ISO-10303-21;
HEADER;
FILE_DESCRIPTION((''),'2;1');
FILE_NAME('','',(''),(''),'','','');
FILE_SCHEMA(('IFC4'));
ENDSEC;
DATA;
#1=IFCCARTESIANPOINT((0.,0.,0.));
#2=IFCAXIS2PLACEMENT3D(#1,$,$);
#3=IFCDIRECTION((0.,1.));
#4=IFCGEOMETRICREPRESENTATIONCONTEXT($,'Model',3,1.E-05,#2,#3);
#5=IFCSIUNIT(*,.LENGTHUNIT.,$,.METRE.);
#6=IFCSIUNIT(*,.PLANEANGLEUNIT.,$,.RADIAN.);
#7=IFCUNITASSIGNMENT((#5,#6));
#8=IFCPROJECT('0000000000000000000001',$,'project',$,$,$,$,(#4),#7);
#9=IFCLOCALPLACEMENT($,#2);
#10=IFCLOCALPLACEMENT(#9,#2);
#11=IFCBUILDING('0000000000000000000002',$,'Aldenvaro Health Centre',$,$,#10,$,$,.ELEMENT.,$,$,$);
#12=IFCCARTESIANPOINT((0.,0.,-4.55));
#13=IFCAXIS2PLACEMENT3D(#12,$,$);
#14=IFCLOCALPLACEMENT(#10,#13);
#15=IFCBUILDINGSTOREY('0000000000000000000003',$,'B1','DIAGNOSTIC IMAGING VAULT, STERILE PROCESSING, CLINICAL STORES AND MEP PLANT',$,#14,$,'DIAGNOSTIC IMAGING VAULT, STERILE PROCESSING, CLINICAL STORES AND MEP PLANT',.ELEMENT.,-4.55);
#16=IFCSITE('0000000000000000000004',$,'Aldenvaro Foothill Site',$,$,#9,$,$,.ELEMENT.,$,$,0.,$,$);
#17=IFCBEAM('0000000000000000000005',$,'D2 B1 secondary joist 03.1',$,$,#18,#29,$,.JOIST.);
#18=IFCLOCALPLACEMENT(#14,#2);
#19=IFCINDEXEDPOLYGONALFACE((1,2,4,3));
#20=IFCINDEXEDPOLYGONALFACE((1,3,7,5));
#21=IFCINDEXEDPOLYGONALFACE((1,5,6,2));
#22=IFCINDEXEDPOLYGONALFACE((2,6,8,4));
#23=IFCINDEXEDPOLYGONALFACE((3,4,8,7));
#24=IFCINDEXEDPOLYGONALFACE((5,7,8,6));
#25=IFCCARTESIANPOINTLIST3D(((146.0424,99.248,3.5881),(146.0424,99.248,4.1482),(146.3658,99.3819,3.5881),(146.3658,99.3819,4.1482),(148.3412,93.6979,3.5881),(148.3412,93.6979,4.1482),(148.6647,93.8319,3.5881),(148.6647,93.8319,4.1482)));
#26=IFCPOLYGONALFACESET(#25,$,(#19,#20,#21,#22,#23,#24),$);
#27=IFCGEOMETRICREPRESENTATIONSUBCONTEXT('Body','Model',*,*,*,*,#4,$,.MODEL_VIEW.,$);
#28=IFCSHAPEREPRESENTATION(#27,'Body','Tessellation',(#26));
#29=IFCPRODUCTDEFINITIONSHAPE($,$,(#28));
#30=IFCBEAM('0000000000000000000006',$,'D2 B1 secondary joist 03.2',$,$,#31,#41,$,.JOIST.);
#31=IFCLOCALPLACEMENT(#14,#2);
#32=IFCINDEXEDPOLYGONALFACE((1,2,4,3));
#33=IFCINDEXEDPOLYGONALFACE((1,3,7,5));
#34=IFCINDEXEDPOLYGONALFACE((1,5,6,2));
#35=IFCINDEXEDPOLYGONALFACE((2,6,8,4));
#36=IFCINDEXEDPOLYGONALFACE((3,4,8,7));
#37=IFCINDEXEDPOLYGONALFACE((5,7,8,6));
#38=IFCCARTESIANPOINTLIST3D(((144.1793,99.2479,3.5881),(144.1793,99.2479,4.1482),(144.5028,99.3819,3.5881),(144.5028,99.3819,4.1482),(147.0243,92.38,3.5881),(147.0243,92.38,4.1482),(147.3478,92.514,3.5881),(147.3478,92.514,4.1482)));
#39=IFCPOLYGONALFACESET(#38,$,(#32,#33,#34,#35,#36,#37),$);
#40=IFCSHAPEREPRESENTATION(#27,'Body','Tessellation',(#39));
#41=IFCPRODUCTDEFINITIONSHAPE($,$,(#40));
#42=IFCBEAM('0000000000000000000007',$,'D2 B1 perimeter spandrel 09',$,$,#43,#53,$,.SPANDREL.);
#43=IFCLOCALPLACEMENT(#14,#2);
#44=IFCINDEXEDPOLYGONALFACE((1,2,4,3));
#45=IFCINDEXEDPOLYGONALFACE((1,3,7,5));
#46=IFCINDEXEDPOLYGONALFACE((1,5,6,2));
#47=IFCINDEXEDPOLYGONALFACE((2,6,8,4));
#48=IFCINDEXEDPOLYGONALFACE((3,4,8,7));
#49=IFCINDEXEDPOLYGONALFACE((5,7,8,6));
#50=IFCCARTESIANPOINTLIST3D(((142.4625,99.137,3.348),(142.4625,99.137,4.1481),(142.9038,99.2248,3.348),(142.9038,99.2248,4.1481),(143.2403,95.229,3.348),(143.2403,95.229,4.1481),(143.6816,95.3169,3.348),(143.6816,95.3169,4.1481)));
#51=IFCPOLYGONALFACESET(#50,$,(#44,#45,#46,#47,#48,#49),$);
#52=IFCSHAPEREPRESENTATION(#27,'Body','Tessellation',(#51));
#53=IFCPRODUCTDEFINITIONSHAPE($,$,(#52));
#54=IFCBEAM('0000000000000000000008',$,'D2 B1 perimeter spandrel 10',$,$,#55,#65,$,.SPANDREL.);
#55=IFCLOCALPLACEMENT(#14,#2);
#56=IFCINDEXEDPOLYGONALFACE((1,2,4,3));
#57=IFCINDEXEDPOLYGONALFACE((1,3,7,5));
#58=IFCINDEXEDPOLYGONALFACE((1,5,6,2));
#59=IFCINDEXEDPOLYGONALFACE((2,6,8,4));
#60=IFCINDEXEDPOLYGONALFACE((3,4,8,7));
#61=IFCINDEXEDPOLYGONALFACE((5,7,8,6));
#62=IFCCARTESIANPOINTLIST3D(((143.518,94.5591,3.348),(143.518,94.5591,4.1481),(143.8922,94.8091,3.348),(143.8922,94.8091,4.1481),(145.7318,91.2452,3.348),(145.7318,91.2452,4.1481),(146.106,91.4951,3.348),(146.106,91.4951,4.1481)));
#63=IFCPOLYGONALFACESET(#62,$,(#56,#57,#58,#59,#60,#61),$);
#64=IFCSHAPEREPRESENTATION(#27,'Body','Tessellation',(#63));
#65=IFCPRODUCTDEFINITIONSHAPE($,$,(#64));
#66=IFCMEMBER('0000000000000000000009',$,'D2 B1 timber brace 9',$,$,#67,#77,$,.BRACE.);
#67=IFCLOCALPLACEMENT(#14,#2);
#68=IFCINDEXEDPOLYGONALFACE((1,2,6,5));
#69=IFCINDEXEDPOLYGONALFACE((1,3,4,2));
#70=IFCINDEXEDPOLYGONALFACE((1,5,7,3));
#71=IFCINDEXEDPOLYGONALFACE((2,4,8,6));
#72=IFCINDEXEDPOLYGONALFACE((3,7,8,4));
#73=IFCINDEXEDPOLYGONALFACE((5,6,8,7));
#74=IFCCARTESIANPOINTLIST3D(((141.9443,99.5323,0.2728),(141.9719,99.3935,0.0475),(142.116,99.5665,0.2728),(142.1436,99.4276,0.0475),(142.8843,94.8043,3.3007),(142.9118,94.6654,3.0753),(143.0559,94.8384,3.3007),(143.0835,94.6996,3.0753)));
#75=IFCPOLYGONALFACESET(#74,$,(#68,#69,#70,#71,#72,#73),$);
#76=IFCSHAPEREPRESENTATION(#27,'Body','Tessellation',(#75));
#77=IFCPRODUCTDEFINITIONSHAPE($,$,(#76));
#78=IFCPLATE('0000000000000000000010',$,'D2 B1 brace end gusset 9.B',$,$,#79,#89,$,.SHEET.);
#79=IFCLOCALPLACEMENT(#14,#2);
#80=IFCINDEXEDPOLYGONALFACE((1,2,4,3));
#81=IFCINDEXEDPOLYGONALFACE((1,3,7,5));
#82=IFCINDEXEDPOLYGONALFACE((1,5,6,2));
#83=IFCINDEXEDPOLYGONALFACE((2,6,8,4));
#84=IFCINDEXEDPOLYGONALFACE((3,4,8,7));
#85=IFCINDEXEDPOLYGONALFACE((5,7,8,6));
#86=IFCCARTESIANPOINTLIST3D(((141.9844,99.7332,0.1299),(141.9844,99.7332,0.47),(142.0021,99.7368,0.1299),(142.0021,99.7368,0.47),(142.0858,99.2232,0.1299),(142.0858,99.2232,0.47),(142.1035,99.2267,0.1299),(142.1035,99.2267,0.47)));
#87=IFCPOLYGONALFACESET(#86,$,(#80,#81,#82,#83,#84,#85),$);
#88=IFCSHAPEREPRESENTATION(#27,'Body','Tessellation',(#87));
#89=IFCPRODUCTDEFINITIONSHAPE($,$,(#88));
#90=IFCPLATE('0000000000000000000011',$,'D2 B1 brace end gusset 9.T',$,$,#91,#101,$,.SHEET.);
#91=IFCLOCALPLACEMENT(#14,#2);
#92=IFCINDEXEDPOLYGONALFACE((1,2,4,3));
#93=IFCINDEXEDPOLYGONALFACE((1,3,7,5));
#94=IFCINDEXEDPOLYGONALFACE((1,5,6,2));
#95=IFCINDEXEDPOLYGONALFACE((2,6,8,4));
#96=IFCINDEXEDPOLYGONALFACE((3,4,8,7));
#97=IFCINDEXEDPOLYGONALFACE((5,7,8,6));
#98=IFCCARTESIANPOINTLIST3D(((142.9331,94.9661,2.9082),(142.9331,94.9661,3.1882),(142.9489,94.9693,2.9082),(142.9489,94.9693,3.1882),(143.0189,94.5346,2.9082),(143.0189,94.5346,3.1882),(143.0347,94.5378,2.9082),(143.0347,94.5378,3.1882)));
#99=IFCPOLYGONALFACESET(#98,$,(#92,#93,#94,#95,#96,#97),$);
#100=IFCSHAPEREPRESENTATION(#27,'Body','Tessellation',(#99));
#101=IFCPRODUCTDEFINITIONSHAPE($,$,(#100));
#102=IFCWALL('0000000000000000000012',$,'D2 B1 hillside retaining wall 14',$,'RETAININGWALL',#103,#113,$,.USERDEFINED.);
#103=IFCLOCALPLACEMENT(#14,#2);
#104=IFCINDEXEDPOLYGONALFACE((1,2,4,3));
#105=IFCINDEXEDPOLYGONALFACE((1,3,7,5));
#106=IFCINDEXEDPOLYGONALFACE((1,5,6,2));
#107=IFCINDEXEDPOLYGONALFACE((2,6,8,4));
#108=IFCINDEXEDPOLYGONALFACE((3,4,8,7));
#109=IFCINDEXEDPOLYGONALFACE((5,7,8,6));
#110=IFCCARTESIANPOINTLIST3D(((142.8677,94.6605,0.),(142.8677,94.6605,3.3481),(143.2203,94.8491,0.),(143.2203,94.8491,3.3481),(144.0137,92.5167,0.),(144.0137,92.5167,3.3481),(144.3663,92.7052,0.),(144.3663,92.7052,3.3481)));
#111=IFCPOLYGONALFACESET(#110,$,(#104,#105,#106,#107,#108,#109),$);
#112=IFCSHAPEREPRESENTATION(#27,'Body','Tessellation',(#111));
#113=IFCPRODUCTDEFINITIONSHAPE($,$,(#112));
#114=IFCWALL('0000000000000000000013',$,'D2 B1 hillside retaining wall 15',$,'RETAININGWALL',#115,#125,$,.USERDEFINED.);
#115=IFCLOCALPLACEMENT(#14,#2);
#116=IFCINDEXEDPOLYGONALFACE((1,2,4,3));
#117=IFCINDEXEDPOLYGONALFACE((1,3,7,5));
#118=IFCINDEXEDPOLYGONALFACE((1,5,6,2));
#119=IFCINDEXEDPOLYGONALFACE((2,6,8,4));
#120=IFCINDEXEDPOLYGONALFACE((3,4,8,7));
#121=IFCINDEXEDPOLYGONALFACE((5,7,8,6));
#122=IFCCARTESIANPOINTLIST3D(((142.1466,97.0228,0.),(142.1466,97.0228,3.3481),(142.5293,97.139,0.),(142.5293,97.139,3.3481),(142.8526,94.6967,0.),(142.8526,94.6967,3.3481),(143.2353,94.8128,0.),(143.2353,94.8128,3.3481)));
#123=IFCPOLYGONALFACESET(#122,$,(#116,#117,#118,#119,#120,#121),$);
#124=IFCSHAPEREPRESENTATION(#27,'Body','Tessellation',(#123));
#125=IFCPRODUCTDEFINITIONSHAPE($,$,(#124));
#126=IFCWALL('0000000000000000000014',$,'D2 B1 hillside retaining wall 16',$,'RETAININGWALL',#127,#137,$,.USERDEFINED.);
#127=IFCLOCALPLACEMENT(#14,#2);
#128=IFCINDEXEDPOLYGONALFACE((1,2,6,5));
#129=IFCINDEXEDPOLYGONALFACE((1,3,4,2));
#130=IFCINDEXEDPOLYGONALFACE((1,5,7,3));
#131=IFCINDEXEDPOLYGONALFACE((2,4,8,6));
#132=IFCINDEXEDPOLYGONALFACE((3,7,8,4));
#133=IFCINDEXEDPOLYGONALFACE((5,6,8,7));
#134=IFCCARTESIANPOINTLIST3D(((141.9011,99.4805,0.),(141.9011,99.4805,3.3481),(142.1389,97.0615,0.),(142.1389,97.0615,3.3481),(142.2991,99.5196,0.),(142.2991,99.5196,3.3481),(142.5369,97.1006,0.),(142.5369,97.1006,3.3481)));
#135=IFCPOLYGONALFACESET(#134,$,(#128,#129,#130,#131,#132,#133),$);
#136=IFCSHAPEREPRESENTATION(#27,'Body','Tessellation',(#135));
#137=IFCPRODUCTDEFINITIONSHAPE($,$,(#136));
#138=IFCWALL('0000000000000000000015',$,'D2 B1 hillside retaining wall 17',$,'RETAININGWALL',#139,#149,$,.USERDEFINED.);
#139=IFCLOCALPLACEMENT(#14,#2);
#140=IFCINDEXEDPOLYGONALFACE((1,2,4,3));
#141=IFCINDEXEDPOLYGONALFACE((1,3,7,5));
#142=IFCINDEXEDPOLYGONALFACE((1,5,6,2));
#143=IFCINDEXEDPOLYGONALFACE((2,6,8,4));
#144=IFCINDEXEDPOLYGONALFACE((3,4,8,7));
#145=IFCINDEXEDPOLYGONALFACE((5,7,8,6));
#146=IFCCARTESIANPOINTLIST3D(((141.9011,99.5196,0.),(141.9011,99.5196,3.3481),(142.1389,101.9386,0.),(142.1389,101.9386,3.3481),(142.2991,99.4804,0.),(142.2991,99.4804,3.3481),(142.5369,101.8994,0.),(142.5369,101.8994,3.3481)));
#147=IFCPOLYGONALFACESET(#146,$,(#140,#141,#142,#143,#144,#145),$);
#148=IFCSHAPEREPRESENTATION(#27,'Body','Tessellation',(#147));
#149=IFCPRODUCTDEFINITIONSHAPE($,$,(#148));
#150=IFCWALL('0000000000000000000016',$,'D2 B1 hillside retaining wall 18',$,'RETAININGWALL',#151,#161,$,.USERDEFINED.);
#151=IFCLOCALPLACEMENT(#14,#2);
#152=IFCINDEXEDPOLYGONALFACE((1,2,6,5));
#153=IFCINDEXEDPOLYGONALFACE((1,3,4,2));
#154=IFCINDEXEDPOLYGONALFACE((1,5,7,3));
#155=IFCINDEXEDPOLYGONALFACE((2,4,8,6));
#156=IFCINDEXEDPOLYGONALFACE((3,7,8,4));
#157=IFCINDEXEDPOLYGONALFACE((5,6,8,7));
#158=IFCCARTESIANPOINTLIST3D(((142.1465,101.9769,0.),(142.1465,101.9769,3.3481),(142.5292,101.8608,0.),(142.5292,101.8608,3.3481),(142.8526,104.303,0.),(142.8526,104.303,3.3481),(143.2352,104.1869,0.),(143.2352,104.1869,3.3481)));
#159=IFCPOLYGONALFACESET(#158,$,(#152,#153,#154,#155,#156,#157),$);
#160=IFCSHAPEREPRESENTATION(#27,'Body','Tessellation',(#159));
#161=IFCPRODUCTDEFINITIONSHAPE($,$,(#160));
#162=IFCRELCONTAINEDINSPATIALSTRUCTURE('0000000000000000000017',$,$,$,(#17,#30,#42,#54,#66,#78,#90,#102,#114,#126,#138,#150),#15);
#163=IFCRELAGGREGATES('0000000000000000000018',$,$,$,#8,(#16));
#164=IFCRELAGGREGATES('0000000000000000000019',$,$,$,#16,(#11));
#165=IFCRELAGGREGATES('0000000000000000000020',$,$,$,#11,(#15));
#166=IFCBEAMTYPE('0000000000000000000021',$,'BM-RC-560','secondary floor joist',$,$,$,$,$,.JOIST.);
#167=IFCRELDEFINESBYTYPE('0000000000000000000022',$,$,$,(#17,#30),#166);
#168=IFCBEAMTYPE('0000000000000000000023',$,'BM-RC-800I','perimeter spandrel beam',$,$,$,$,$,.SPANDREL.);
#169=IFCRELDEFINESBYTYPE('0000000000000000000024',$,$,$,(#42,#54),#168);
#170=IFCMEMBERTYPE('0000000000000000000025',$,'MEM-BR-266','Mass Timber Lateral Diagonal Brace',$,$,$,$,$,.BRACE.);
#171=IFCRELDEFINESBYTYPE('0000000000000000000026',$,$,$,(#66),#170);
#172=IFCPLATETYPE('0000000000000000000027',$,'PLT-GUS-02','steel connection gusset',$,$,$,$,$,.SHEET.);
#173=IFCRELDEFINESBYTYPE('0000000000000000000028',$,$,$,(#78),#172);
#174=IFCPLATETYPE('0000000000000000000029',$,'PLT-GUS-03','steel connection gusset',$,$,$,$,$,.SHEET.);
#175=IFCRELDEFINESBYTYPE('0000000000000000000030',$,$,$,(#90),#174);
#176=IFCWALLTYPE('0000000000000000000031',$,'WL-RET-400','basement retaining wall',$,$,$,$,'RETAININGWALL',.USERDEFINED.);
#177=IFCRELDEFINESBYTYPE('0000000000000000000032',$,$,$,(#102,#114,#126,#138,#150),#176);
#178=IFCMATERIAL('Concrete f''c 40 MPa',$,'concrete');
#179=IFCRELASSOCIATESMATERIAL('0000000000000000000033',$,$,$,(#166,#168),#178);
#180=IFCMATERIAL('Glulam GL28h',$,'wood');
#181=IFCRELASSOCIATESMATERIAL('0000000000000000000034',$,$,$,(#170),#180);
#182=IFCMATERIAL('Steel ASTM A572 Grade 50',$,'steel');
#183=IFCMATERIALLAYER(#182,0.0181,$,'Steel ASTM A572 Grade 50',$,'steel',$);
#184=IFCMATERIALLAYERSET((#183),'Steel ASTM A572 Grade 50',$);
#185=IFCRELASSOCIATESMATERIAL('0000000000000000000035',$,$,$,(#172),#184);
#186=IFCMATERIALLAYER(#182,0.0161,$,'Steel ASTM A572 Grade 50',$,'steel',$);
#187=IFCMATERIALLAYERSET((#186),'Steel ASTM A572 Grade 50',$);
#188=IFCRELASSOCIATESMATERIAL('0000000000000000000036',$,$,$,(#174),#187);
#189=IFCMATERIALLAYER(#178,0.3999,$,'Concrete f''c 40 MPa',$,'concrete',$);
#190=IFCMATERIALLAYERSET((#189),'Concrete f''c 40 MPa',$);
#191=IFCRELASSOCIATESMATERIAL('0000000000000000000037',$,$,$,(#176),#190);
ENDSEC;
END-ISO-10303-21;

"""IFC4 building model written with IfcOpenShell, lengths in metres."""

from ifc_helpers import new_model, si_unit, direction, frame, frame_2d, origin, origin_2d, place, context, subcontext, project, spatial, rectangle, extrude, material, layer, layer_set, material_profile, profile_set, type_object, element, save


model = new_model("IFC4")

# Units and contexts
model_context = context("Model", 3, precision=1e-05, world=origin(), true_north=direction((0.0, 1.0)))
body_context = subcontext(model_context, "Body", "Model", "MODEL_VIEW")
ifc_project = project(units=[si_unit("LENGTHUNIT", "METRE"), si_unit("PLANEANGLEUNIT", "RADIAN")], contexts=[model_context])

# Site, building, storey
site_placement = place(None, origin())
site = spatial("IfcSite", under=ifc_project, at=site_placement, Name="Aldenvaro Foothill Site", CompositionType="ELEMENT", RefElevation=0.0)
building_placement = place(site_placement, origin())
building = spatial("IfcBuilding", under=site, at=building_placement, Name="Aldenvaro Health Centre", CompositionType="ELEMENT")
storey_placement = place(building_placement, frame((0.0, 0.0, -4.55)))
storey = spatial("IfcBuildingStorey", under=building, at=storey_placement, Name="B1", Description="DIAGNOSTIC IMAGING VAULT, STERILE PROCESSING, CLINICAL STORES AND MEP PLANT", LongName="DIAGNOSTIC IMAGING VAULT, STERILE PROCESSING, CLINICAL STORES AND MEP PLANT", CompositionType="ELEMENT", Elevation=-4.55)

# Shared definitions
ifc_material_1 = material(Name="Concrete f'c 40 MPa", Category="concrete")

# Beams
ifc_material_profile_1 = material_profile(ifc_material_1, rectangle(XDim=0.3501, YDim=0.5601, at=origin_2d()), Name="RC 350x560", Category="concrete")
ifc_profile_set_1 = profile_set([ifc_material_profile_1], Name="Concrete f'c 40 MPa")
beam_type_1 = type_object("IfcBeamType", Name="BM-RC-560", Description="secondary floor joist", PredefinedType="JOIST", material=ifc_profile_set_1)
beam_1_placement = place(storey_placement, frame((146.2041, 99.3149, 3.8682), z_axis=(0.382672, -0.923884, 0.0), x_axis=(0.923884, 0.382672, 0.0)))
element("IfcBeam", 1, at=beam_1_placement, inside=storey, type_object=beam_type_1, Name="D2 B1 secondary joist 03.1", PredefinedType="JOIST", context=body_context, shape_type="SweptSolid", body=[
    extrude(rectangle(XDim=0.3501, YDim=0.5601, at=origin_2d()), origin(), (0.0, 0.0, 1.0), 6.0073),
])
beam_2_placement = place(storey_placement, frame((144.3411, 99.3149, 3.8682), z_axis=(0.382705, -0.923871, 0.0), x_axis=(0.923871, 0.382705, 0.0)))
element("IfcBeam", 2, at=beam_2_placement, inside=storey, type_object=beam_type_1, Name="D2 B1 secondary joist 03.2", PredefinedType="JOIST", context=body_context, shape_type="SweptSolid", body=[
    extrude(rectangle(XDim=0.3501, YDim=0.5601, at=origin_2d()), origin(), (0.0, 0.0, 1.0), 7.4338),
])
ifc_material_profile_2 = material_profile(ifc_material_1, rectangle(XDim=0.45, YDim=0.8, at=origin_2d()), Name="RC 450x800", Category="concrete")
ifc_profile_set_2 = profile_set([ifc_material_profile_2], Name="Concrete f'c 40 MPa")
beam_type_2 = type_object("IfcBeamType", Name="BM-RC-800I", Description="perimeter spandrel beam", PredefinedType="SPANDREL", material=ifc_profile_set_2)
beam_3_placement = place(storey_placement, frame((142.6831, 99.1809, 3.748), z_axis=(0.195209, -0.980762, 0.0), x_axis=(0.980762, 0.195209, 0.0)))
element("IfcBeam", 3, at=beam_3_placement, inside=storey, type_object=beam_type_2, Name="D2 B1 perimeter spandrel 09", PredefinedType="SPANDREL", context=body_context, shape_type="SweptSolid", body=[
    extrude(rectangle(XDim=0.45, YDim=0.8, at=origin_2d()), origin(), (0.0, 0.0, 1.0), 3.9846),
])
beam_4_placement = place(storey_placement, frame((143.7051, 94.6841, 3.748), z_axis=(0.555492, -0.831522, 0.0), x_axis=(0.831522, 0.555492, 0.0)))
element("IfcBeam", 4, at=beam_4_placement, inside=storey, type_object=beam_type_2, Name="D2 B1 perimeter spandrel 10", PredefinedType="SPANDREL", context=body_context, shape_type="SweptSolid", body=[
    extrude(rectangle(XDim=0.45, YDim=0.8, at=origin_2d()), origin(), (0.0, 0.0, 1.0), 3.9854),
])

# Member
ifc_material_2 = material(Name="Glulam GL28h", Category="wood")
ifc_material_profile_3 = material_profile(ifc_material_2, rectangle(XDim=0.175, YDim=0.2661, at=origin_2d()), Name="GL 175x266", Category="wood")
ifc_profile_set_3 = profile_set([ifc_material_profile_3], Name="Glulam GL28h")
member_type = type_object("IfcMemberType", Name="MEM-BR-266", Description="Mass Timber Lateral Diagonal Brace", PredefinedType="BRACE", material=ifc_profile_set_3)
member_placement = place(storey_placement, frame((142.0439, 99.48, 0.1602), z_axis=(0.165117, -0.830559, 0.531891), x_axis=(0.980806, 0.194986, 0.0)))
element("IfcMember", 5, at=member_placement, inside=storey, type_object=member_type, Name="D2 B1 timber brace 9", PredefinedType="BRACE", context=body_context, shape_type="SweptSolid", body=[
    extrude(rectangle(XDim=0.175, YDim=0.2661, at=origin_2d()), origin(), (0.0, 0.0, 1.0), 5.6926),
])

# Plates
ifc_material_3 = material(Name="Steel ASTM A572 Grade 50", Category="steel")
ifc_layer_1 = layer(ifc_material_3, 0.0181, Name="Steel ASTM A572 Grade 50", Category="steel")
ifc_layer_set_1 = layer_set([ifc_layer_1], Name="Steel ASTM A572 Grade 50")
plate_type_1 = type_object("IfcPlateType", Name="PLT-GUS-02", Description="steel connection gusset", PredefinedType="SHEET", material=ifc_layer_set_1)
plate_1_placement = place(storey_placement, frame((142.0439, 99.48, 0.1299), z_axis=(0.0, 0.0, 1.0), x_axis=(0.195005, -0.980802, 0.0)))
element("IfcPlate", 6, at=plate_1_placement, inside=storey, type_object=plate_type_1, Name="D2 B1 brace end gusset 9.B", PredefinedType="SHEET", context=body_context, shape_type="SweptSolid", body=[
    extrude(rectangle(XDim=0.52, YDim=0.0181, at=origin_2d()), origin(), (0.0, 0.0, 1.0), 0.3401),
])
ifc_layer_2 = layer(ifc_material_3, 0.0161, Name="Steel ASTM A572 Grade 50", Category="steel")
ifc_layer_set_2 = layer_set([ifc_layer_2], Name="Steel ASTM A572 Grade 50")
plate_type_2 = type_object("IfcPlateType", Name="PLT-GUS-03", Description="steel connection gusset", PredefinedType="SHEET", material=ifc_layer_set_2)
plate_2_placement = place(storey_placement, frame((142.9839, 94.752, 2.9082), z_axis=(0.0, 0.0, 1.0), x_axis=(0.195005, -0.980802, 0.0)))
element("IfcPlate", 7, at=plate_2_placement, inside=storey, type_object=plate_type_2, Name="D2 B1 brace end gusset 9.T", PredefinedType="SHEET", context=body_context, shape_type="SweptSolid", body=[
    extrude(rectangle(XDim=0.4399, YDim=0.0161, at=origin_2d()), origin(), (0.0, 0.0, 1.0), 0.28),
])

# Walls
ifc_layer_3 = layer(ifc_material_1, 0.3999, Name="Concrete f'c 40 MPa", Category="concrete")
ifc_layer_set_3 = layer_set([ifc_layer_3], Name="Concrete f'c 40 MPa")
wall_type = type_object("IfcWallType", Name="WL-RET-400", Description="basement retaining wall", ElementType="RETAININGWALL", PredefinedType="USERDEFINED", material=ifc_layer_set_3)
for number, where, z_axis, x_axis, name in (
    (8, (144.1899, 92.6111, 0.0), (0.0, 0.0, 1.0), (-0.471432, 0.881902, 0.0), "D2 B1 hillside retaining wall 14"),
    (9, (143.0439, 94.7549, 0.0), (0.0, 0.0, 1.0), (-0.290442, 0.956893, 0.0), "D2 B1 hillside retaining wall 15"),
):
    element("IfcWall", number, at=place(storey_placement, frame(where, z_axis=z_axis, x_axis=x_axis)), inside=storey, type_object=wall_type, Name=name, ObjectType="RETAININGWALL", PredefinedType="USERDEFINED", context=body_context, shape_type="SweptSolid", body=[
        extrude(rectangle(XDim=2.4309, YDim=0.3999, at=frame_2d((1.2153, 0.0))), origin(), (0.0, 0.0, 1.0), 3.3481),
    ])
for number, where, z_axis, x_axis, name in (
    (10, (142.3379, 97.0811, 0.0), (0.0, 0.0, 1.0), (-0.097833, 0.995203, 0.0), "D2 B1 hillside retaining wall 16"),
    (11, (142.1001, 99.5, 0.0), (0.0, 0.0, 1.0), (0.097833, 0.995203, 0.0), "D2 B1 hillside retaining wall 17"),
):
    element("IfcWall", number, at=place(storey_placement, frame(where, z_axis=z_axis, x_axis=x_axis)), inside=storey, type_object=wall_type, Name=name, ObjectType="RETAININGWALL", PredefinedType="USERDEFINED", context=body_context, shape_type="SweptSolid", body=[
        extrude(rectangle(XDim=2.4307, YDim=0.3999, at=frame_2d((1.2153, 0.0))), origin(), (0.0, 0.0, 1.0), 3.3481),
    ])
wall_placement = place(storey_placement, frame((142.3379, 101.9189, 0.0), z_axis=(0.0, 0.0, 1.0), x_axis=(0.290442, 0.956893, 0.0)))
element("IfcWall", 12, at=wall_placement, inside=storey, type_object=wall_type, Name="D2 B1 hillside retaining wall 18", ObjectType="RETAININGWALL", PredefinedType="USERDEFINED", context=body_context, shape_type="SweptSolid", body=[
    extrude(rectangle(XDim=2.4309, YDim=0.3999, at=frame_2d((1.2153, 0.0))), origin(), (0.0, 0.0, 1.0), 3.3481),
])

save(model, "model.ifc")
